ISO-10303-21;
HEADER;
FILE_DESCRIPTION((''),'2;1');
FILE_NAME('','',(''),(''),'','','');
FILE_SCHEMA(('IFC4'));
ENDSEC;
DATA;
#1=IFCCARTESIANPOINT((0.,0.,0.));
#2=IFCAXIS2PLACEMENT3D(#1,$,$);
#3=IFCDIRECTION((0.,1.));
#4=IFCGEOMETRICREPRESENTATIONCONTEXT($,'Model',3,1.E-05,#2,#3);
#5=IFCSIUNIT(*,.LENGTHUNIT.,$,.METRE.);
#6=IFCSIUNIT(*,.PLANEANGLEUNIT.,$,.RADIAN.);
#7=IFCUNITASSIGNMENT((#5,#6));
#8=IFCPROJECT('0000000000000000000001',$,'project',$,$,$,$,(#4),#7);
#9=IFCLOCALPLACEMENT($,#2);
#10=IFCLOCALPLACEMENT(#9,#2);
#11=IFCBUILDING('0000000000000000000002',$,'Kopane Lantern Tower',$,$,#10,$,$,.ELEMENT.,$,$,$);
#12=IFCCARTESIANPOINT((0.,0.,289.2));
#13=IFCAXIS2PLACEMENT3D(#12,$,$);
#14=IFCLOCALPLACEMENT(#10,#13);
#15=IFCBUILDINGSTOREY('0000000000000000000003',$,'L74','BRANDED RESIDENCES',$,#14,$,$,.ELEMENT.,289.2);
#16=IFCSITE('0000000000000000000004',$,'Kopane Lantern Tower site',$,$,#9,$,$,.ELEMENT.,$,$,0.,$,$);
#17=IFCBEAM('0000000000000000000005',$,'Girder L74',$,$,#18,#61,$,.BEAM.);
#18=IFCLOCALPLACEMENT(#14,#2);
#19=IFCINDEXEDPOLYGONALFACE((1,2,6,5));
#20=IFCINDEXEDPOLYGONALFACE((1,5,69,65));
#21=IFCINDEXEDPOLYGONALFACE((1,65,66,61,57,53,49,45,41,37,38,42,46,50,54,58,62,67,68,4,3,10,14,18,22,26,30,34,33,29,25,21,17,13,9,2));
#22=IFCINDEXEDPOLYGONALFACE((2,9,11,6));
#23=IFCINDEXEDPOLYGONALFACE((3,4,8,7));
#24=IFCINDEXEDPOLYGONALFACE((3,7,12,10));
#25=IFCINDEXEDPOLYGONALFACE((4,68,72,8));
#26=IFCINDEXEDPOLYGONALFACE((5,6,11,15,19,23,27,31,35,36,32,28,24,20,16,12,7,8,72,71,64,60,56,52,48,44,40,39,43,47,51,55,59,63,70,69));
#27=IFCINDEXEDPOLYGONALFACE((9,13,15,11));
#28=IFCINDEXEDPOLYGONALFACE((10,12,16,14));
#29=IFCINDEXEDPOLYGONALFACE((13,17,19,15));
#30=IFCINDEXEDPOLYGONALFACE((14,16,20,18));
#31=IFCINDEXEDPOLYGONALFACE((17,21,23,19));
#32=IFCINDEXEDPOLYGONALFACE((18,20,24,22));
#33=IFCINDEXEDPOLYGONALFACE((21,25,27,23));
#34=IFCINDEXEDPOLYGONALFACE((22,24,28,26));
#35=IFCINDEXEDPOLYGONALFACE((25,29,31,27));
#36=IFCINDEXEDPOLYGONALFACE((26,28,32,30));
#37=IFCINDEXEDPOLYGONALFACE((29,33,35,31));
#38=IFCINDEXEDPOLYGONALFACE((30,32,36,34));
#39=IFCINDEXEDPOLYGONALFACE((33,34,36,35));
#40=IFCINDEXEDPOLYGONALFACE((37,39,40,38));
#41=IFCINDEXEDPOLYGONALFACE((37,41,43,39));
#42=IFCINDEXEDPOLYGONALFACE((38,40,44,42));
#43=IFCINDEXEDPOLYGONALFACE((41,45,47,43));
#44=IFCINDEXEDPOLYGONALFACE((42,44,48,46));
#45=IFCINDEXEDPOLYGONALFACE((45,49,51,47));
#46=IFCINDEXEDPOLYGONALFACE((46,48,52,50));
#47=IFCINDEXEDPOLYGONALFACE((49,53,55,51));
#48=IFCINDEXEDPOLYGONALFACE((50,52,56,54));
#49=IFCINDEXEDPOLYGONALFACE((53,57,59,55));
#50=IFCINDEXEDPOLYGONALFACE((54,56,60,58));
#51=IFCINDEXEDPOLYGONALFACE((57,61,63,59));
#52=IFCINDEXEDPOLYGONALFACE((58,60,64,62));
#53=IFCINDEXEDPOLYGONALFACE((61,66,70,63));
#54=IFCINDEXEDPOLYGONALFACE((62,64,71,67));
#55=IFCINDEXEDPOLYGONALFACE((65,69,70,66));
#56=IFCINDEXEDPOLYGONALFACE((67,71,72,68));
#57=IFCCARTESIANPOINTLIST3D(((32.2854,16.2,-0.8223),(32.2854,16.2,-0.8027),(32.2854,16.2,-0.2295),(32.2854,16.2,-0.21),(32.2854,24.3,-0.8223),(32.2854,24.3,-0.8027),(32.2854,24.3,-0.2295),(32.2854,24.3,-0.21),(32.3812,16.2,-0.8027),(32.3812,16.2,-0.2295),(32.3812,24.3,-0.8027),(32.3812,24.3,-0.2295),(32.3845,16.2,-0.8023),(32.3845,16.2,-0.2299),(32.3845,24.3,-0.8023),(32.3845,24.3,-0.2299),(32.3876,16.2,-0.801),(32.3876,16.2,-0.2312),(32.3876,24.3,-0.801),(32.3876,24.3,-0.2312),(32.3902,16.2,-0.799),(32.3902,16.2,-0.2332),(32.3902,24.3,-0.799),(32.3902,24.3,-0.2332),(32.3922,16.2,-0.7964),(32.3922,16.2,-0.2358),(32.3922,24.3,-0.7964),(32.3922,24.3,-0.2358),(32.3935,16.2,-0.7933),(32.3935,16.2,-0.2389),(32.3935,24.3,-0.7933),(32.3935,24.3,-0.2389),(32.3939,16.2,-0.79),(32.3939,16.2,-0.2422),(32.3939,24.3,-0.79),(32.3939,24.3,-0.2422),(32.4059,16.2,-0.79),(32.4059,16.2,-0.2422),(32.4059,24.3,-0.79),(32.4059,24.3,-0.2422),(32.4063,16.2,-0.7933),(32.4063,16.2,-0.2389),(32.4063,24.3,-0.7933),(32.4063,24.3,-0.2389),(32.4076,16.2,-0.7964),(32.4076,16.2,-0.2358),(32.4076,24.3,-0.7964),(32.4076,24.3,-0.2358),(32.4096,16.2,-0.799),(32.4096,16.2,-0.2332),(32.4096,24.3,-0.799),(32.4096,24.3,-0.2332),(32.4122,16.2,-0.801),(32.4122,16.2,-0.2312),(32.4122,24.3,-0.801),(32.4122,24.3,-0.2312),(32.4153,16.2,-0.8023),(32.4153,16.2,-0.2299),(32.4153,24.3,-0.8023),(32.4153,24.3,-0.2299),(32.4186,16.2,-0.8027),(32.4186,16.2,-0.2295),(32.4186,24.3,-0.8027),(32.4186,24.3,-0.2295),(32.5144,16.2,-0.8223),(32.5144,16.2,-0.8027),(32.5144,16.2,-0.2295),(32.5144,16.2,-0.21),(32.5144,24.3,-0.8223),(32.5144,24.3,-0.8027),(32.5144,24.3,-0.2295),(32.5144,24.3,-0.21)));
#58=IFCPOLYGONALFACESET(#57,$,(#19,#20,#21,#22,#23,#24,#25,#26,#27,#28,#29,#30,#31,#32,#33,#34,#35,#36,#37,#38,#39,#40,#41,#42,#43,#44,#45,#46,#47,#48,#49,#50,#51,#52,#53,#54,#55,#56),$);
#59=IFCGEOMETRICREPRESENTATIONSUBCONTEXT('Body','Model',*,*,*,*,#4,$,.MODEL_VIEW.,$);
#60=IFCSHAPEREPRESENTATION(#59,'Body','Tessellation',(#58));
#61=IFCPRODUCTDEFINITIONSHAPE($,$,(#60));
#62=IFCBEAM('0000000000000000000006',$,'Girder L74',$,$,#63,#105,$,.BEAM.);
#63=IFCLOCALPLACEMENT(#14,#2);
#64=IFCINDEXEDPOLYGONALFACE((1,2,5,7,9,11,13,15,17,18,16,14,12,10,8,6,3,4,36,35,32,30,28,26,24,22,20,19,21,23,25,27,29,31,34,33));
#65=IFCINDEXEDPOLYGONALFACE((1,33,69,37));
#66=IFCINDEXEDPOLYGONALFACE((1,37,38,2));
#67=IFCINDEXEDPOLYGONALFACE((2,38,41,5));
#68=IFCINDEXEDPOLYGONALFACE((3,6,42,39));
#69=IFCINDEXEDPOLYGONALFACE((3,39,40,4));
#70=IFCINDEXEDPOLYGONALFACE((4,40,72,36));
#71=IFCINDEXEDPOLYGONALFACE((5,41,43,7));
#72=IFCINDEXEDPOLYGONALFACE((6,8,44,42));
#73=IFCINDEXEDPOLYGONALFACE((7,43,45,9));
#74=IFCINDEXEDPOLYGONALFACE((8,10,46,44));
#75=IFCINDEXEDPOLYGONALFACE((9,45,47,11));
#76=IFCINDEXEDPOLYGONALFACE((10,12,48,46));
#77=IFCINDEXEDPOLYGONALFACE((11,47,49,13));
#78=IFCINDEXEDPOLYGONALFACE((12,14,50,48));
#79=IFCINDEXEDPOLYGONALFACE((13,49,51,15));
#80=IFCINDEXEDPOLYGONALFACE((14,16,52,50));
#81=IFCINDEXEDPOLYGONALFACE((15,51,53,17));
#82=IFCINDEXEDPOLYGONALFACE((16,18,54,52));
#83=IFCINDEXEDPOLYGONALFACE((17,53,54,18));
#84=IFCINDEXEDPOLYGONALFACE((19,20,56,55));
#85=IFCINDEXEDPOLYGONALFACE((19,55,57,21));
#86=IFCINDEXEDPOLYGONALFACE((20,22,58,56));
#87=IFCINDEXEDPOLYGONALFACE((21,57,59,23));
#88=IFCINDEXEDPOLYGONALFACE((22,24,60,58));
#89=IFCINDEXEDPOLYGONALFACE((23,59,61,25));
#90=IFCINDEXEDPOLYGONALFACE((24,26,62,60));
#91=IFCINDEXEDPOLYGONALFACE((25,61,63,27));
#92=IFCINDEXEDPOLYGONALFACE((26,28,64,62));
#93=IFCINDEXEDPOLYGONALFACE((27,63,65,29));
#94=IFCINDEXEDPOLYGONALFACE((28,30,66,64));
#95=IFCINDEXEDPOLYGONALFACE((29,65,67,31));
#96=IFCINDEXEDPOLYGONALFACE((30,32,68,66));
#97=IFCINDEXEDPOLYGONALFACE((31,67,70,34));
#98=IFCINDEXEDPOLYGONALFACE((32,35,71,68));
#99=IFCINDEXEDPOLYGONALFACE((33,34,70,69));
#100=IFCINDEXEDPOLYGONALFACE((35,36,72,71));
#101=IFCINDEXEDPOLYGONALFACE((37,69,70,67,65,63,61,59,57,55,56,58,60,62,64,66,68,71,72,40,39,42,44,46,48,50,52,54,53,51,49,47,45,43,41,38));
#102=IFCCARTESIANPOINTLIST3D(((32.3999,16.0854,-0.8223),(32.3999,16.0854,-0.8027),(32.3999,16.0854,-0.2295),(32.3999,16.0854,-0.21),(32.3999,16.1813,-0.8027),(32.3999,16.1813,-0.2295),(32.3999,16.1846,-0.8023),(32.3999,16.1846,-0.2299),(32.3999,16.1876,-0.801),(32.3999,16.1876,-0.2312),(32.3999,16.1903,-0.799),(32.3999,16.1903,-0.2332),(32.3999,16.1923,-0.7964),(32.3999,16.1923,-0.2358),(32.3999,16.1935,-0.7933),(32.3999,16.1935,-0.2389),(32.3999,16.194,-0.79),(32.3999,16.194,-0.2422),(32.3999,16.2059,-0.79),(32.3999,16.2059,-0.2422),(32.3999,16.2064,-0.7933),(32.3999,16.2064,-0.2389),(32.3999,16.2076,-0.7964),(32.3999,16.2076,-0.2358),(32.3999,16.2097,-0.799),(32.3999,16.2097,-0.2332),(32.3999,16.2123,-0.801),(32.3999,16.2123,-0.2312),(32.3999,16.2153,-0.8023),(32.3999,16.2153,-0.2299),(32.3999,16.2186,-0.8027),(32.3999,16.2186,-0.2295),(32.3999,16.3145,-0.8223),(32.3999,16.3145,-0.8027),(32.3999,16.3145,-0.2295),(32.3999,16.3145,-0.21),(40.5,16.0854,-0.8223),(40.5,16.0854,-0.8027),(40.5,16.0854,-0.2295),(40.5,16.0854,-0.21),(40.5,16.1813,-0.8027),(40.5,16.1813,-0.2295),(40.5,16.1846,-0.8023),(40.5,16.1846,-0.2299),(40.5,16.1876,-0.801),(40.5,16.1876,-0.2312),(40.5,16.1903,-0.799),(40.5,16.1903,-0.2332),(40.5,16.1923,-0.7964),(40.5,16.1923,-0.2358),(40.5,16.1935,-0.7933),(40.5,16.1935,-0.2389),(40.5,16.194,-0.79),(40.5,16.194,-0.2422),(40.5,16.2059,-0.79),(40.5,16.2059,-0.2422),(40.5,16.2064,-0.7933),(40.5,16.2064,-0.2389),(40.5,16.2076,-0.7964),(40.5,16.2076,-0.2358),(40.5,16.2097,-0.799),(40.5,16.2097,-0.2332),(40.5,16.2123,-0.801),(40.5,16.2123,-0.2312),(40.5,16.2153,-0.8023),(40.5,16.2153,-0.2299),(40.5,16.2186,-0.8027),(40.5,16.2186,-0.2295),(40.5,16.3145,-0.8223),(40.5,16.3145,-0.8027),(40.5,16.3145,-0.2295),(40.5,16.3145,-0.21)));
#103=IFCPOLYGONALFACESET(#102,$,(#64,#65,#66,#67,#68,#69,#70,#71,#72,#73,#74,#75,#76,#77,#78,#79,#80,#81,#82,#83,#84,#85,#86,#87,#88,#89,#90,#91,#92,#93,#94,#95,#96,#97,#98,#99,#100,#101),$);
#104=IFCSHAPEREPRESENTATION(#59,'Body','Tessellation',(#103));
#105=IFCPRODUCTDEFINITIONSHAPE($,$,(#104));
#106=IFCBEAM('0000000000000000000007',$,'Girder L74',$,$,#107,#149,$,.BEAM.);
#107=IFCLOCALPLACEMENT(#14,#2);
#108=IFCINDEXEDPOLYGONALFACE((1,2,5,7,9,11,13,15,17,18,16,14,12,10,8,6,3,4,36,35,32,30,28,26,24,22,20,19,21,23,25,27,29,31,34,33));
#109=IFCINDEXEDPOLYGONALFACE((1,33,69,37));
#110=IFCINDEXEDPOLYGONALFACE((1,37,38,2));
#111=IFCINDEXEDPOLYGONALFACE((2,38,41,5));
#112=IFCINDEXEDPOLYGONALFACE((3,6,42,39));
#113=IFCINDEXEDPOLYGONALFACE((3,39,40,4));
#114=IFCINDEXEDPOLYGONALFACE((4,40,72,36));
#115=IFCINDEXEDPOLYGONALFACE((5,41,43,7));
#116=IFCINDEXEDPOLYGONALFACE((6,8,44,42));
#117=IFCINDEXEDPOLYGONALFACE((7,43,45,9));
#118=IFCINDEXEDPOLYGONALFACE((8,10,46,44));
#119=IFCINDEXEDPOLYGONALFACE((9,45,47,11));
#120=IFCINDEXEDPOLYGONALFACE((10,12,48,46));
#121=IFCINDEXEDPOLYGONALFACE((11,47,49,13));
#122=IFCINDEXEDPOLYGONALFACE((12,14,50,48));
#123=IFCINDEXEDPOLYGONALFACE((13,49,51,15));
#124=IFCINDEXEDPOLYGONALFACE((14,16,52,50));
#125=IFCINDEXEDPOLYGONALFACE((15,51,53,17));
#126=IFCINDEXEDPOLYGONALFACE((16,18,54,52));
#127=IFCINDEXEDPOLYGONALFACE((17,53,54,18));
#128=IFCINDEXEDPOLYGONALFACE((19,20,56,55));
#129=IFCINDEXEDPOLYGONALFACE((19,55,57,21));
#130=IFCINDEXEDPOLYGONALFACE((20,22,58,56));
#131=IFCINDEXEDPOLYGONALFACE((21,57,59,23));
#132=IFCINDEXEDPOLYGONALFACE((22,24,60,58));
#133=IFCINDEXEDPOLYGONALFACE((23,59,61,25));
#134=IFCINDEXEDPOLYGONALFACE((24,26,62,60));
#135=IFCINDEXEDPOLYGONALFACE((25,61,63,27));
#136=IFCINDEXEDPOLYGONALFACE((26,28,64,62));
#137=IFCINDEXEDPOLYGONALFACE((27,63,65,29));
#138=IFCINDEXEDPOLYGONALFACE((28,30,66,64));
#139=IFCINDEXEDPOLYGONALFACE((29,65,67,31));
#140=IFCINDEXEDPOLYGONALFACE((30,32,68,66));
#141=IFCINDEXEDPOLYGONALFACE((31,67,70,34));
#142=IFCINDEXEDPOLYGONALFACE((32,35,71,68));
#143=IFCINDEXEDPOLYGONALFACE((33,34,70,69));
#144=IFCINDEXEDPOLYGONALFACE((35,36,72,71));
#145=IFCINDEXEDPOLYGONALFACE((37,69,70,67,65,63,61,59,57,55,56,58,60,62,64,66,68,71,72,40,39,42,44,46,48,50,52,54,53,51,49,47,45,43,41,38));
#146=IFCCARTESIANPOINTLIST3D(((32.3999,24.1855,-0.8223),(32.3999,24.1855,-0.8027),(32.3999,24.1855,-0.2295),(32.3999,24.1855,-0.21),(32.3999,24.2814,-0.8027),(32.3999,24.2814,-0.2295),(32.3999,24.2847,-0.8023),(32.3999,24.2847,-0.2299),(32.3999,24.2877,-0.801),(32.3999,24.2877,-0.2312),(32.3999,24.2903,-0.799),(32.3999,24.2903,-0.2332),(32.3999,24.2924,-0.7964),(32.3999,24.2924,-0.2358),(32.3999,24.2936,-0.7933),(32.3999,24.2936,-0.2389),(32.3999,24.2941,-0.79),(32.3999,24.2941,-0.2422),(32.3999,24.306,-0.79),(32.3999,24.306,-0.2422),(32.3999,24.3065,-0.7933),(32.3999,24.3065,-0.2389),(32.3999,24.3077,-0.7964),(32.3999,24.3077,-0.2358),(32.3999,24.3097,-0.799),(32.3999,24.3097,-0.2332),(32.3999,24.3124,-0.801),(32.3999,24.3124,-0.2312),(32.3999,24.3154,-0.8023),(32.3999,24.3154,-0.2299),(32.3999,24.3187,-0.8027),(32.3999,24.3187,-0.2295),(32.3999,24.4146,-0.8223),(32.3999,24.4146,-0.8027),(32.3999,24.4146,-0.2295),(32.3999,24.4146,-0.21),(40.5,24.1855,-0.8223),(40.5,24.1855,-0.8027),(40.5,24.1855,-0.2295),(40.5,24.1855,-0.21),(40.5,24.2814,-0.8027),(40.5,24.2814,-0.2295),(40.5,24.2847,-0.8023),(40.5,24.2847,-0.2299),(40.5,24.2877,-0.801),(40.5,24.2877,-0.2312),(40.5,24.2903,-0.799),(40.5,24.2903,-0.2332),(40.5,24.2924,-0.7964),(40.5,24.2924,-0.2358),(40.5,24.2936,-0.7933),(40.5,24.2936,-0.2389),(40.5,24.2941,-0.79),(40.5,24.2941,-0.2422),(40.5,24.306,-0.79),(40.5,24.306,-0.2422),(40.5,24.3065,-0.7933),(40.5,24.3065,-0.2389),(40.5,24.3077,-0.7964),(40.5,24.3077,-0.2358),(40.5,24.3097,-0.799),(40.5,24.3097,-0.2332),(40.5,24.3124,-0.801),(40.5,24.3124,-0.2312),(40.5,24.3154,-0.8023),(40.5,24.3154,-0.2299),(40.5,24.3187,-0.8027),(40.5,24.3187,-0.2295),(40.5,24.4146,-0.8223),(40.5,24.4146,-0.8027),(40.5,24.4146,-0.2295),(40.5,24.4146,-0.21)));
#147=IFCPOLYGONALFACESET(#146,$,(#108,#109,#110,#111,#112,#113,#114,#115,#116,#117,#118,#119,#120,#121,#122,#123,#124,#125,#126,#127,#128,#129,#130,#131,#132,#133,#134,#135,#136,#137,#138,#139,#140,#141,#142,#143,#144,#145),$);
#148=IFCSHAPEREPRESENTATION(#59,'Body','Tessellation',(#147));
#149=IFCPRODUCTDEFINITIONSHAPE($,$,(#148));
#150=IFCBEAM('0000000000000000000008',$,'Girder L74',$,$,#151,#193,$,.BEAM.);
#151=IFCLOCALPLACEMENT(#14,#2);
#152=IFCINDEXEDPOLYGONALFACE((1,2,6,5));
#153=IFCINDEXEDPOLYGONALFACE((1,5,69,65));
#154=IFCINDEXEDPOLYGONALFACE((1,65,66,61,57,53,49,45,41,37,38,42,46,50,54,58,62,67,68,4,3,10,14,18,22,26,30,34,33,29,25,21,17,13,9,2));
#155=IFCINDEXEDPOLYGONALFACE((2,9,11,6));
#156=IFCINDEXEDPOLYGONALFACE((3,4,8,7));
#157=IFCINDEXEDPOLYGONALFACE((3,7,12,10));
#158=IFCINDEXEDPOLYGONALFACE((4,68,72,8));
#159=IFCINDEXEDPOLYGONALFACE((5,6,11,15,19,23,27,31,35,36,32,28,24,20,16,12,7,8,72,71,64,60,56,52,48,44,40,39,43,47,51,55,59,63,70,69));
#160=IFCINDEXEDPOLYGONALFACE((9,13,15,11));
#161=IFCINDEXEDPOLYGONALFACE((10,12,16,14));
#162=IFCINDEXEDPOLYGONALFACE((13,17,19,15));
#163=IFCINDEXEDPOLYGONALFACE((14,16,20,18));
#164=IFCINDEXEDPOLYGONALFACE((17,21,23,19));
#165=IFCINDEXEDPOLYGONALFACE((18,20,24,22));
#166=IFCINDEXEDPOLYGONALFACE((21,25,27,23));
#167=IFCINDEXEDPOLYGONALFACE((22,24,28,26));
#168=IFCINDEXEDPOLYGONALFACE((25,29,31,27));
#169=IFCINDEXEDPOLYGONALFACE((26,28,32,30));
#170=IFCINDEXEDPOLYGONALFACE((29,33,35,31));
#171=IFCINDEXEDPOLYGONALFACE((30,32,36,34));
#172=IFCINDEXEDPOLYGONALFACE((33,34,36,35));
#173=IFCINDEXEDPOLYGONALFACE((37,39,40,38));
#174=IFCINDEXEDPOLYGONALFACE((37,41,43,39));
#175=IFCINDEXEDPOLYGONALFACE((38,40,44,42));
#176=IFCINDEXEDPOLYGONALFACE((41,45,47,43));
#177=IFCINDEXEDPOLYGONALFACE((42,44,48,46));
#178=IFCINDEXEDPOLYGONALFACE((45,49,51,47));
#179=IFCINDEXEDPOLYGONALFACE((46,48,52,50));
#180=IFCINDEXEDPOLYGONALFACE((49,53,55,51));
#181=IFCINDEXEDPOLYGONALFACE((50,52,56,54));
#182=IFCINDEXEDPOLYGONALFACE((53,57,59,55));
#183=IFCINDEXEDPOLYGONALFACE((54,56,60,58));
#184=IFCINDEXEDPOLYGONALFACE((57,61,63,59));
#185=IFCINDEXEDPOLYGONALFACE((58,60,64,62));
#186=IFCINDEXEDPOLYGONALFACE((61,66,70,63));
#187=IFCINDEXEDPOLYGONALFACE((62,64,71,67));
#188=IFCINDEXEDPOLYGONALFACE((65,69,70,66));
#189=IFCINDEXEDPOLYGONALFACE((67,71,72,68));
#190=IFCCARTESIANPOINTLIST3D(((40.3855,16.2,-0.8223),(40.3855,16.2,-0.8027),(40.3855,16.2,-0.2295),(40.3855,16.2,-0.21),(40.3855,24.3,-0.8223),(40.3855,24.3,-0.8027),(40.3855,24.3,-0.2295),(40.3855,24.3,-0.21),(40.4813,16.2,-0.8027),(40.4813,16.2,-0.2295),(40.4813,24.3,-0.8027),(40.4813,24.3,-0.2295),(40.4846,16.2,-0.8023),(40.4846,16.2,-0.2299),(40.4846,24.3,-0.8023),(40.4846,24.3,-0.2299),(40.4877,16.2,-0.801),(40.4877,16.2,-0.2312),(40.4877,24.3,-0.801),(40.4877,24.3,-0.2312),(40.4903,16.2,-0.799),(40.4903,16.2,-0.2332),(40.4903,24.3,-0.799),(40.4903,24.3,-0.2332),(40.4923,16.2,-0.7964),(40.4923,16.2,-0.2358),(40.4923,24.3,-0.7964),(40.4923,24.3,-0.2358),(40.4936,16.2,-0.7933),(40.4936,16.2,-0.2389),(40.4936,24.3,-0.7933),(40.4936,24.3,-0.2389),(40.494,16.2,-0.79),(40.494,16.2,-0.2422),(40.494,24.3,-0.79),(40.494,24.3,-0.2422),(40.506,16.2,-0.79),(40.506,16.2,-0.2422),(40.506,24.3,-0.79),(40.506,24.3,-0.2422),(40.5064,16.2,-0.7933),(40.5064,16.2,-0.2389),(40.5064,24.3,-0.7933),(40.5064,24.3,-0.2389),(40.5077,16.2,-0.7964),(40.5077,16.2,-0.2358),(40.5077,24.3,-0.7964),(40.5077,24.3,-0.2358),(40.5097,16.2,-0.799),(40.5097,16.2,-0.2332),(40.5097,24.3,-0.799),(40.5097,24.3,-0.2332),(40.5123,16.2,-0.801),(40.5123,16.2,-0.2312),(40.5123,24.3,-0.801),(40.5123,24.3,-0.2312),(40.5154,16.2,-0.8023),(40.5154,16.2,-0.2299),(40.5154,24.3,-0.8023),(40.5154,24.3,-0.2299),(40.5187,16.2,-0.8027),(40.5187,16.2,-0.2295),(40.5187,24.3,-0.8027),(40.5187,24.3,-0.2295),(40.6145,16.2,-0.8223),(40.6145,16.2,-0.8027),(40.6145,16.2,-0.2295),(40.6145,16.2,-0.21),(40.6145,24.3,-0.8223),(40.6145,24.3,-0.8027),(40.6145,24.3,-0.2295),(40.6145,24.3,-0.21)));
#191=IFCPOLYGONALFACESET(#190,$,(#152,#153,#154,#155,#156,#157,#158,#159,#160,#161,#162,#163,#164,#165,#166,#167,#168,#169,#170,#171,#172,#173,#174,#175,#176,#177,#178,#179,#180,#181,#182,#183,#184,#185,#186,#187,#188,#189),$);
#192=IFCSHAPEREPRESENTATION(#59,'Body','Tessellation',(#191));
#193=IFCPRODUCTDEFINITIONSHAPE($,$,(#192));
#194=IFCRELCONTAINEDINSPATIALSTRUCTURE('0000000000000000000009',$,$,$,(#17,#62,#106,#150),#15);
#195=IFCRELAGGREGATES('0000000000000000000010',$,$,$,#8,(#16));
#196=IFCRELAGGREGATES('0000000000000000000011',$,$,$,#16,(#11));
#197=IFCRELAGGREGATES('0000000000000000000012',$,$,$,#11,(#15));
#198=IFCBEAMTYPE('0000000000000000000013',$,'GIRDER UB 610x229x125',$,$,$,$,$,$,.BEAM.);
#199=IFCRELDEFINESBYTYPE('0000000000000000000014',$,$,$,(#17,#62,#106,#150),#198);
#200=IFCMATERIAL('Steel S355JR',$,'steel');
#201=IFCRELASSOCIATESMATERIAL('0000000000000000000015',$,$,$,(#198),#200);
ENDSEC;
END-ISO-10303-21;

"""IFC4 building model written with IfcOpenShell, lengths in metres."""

from ifc_helpers import new_model, si_unit, direction, frame, origin, origin_2d, place, context, subcontext, project, spatial, i_section, extrude, material, material_profile, profile_set, type_object, element, save


model = new_model("IFC4")

# Units and contexts
model_context = context("Model", 3, precision=1e-05, world=origin(), true_north=direction((0.0, 1.0)))
body_context = subcontext(model_context, "Body", "Model", "MODEL_VIEW")
ifc_project = project(units=[si_unit("LENGTHUNIT", "METRE"), si_unit("PLANEANGLEUNIT", "RADIAN")], contexts=[model_context])

# Site, building, storey
site_placement = place(None, origin())
site = spatial("IfcSite", under=ifc_project, at=site_placement, Name="Kopane Lantern Tower site", CompositionType="ELEMENT", RefElevation=0.0)
building_placement = place(site_placement, origin())
building = spatial("IfcBuilding", under=site, at=building_placement, Name="Kopane Lantern Tower", CompositionType="ELEMENT")
storey_placement = place(building_placement, frame((0.0, 0.0, 289.2)))
storey = spatial("IfcBuildingStorey", under=building, at=storey_placement, Name="L74", Description="BRANDED RESIDENCES", CompositionType="ELEMENT", Elevation=289.2)

# Beams
ifc_material_1 = material(Name="Steel S355JR", Category="steel")
ifc_material_profile_1 = material_profile(ifc_material_1, i_section(OverallWidth=0.229, OverallDepth=0.6123, WebThickness=0.012, FlangeThickness=0.0195, FilletRadius=0.0127, at=origin_2d()), Name="UB 610x229x125")
ifc_profile_set_1 = profile_set([ifc_material_profile_1], Name="Steel S355JR")
beam_type_1 = type_object("IfcBeamType", Name="GIRDER UB 610x229x125", PredefinedType="BEAM", material=ifc_profile_set_1)
for number, where, z_axis, x_axis, name in (
    (1, (32.3999, 16.2, -0.5161), (0.0, 1.0, 0.0), (-1.0, 0.0, 0.0), "Girder L74"),
    (2, (32.3999, 16.2, -0.5161), (1.0, 0.0, 0.0), (0.0, 1.0, 0.0), "Girder L74"),
    (3, (32.3999, 24.3, -0.5161), (1.0, 0.0, 0.0), (0.0, 1.0, 0.0), "Girder L74"),
    (4, (40.5, 16.2, -0.5161), (0.0, 1.0, 0.0), (-1.0, 0.0, 0.0), "Girder L74"),
):
    element("IfcBeam", number, at=place(storey_placement, frame(where, z_axis=z_axis, x_axis=x_axis)), inside=storey, type_object=beam_type_1, Name=name, PredefinedType="BEAM", context=body_context, shape_type="SweptSolid", body=[
        extrude(i_section(OverallWidth=0.229, OverallDepth=0.6123, WebThickness=0.012, FlangeThickness=0.0195, FilletRadius=0.0127, at=origin_2d()), origin(), (0.0, 0.0, 1.0), 8.1001),
    ])

save(model, "model.ifc")
